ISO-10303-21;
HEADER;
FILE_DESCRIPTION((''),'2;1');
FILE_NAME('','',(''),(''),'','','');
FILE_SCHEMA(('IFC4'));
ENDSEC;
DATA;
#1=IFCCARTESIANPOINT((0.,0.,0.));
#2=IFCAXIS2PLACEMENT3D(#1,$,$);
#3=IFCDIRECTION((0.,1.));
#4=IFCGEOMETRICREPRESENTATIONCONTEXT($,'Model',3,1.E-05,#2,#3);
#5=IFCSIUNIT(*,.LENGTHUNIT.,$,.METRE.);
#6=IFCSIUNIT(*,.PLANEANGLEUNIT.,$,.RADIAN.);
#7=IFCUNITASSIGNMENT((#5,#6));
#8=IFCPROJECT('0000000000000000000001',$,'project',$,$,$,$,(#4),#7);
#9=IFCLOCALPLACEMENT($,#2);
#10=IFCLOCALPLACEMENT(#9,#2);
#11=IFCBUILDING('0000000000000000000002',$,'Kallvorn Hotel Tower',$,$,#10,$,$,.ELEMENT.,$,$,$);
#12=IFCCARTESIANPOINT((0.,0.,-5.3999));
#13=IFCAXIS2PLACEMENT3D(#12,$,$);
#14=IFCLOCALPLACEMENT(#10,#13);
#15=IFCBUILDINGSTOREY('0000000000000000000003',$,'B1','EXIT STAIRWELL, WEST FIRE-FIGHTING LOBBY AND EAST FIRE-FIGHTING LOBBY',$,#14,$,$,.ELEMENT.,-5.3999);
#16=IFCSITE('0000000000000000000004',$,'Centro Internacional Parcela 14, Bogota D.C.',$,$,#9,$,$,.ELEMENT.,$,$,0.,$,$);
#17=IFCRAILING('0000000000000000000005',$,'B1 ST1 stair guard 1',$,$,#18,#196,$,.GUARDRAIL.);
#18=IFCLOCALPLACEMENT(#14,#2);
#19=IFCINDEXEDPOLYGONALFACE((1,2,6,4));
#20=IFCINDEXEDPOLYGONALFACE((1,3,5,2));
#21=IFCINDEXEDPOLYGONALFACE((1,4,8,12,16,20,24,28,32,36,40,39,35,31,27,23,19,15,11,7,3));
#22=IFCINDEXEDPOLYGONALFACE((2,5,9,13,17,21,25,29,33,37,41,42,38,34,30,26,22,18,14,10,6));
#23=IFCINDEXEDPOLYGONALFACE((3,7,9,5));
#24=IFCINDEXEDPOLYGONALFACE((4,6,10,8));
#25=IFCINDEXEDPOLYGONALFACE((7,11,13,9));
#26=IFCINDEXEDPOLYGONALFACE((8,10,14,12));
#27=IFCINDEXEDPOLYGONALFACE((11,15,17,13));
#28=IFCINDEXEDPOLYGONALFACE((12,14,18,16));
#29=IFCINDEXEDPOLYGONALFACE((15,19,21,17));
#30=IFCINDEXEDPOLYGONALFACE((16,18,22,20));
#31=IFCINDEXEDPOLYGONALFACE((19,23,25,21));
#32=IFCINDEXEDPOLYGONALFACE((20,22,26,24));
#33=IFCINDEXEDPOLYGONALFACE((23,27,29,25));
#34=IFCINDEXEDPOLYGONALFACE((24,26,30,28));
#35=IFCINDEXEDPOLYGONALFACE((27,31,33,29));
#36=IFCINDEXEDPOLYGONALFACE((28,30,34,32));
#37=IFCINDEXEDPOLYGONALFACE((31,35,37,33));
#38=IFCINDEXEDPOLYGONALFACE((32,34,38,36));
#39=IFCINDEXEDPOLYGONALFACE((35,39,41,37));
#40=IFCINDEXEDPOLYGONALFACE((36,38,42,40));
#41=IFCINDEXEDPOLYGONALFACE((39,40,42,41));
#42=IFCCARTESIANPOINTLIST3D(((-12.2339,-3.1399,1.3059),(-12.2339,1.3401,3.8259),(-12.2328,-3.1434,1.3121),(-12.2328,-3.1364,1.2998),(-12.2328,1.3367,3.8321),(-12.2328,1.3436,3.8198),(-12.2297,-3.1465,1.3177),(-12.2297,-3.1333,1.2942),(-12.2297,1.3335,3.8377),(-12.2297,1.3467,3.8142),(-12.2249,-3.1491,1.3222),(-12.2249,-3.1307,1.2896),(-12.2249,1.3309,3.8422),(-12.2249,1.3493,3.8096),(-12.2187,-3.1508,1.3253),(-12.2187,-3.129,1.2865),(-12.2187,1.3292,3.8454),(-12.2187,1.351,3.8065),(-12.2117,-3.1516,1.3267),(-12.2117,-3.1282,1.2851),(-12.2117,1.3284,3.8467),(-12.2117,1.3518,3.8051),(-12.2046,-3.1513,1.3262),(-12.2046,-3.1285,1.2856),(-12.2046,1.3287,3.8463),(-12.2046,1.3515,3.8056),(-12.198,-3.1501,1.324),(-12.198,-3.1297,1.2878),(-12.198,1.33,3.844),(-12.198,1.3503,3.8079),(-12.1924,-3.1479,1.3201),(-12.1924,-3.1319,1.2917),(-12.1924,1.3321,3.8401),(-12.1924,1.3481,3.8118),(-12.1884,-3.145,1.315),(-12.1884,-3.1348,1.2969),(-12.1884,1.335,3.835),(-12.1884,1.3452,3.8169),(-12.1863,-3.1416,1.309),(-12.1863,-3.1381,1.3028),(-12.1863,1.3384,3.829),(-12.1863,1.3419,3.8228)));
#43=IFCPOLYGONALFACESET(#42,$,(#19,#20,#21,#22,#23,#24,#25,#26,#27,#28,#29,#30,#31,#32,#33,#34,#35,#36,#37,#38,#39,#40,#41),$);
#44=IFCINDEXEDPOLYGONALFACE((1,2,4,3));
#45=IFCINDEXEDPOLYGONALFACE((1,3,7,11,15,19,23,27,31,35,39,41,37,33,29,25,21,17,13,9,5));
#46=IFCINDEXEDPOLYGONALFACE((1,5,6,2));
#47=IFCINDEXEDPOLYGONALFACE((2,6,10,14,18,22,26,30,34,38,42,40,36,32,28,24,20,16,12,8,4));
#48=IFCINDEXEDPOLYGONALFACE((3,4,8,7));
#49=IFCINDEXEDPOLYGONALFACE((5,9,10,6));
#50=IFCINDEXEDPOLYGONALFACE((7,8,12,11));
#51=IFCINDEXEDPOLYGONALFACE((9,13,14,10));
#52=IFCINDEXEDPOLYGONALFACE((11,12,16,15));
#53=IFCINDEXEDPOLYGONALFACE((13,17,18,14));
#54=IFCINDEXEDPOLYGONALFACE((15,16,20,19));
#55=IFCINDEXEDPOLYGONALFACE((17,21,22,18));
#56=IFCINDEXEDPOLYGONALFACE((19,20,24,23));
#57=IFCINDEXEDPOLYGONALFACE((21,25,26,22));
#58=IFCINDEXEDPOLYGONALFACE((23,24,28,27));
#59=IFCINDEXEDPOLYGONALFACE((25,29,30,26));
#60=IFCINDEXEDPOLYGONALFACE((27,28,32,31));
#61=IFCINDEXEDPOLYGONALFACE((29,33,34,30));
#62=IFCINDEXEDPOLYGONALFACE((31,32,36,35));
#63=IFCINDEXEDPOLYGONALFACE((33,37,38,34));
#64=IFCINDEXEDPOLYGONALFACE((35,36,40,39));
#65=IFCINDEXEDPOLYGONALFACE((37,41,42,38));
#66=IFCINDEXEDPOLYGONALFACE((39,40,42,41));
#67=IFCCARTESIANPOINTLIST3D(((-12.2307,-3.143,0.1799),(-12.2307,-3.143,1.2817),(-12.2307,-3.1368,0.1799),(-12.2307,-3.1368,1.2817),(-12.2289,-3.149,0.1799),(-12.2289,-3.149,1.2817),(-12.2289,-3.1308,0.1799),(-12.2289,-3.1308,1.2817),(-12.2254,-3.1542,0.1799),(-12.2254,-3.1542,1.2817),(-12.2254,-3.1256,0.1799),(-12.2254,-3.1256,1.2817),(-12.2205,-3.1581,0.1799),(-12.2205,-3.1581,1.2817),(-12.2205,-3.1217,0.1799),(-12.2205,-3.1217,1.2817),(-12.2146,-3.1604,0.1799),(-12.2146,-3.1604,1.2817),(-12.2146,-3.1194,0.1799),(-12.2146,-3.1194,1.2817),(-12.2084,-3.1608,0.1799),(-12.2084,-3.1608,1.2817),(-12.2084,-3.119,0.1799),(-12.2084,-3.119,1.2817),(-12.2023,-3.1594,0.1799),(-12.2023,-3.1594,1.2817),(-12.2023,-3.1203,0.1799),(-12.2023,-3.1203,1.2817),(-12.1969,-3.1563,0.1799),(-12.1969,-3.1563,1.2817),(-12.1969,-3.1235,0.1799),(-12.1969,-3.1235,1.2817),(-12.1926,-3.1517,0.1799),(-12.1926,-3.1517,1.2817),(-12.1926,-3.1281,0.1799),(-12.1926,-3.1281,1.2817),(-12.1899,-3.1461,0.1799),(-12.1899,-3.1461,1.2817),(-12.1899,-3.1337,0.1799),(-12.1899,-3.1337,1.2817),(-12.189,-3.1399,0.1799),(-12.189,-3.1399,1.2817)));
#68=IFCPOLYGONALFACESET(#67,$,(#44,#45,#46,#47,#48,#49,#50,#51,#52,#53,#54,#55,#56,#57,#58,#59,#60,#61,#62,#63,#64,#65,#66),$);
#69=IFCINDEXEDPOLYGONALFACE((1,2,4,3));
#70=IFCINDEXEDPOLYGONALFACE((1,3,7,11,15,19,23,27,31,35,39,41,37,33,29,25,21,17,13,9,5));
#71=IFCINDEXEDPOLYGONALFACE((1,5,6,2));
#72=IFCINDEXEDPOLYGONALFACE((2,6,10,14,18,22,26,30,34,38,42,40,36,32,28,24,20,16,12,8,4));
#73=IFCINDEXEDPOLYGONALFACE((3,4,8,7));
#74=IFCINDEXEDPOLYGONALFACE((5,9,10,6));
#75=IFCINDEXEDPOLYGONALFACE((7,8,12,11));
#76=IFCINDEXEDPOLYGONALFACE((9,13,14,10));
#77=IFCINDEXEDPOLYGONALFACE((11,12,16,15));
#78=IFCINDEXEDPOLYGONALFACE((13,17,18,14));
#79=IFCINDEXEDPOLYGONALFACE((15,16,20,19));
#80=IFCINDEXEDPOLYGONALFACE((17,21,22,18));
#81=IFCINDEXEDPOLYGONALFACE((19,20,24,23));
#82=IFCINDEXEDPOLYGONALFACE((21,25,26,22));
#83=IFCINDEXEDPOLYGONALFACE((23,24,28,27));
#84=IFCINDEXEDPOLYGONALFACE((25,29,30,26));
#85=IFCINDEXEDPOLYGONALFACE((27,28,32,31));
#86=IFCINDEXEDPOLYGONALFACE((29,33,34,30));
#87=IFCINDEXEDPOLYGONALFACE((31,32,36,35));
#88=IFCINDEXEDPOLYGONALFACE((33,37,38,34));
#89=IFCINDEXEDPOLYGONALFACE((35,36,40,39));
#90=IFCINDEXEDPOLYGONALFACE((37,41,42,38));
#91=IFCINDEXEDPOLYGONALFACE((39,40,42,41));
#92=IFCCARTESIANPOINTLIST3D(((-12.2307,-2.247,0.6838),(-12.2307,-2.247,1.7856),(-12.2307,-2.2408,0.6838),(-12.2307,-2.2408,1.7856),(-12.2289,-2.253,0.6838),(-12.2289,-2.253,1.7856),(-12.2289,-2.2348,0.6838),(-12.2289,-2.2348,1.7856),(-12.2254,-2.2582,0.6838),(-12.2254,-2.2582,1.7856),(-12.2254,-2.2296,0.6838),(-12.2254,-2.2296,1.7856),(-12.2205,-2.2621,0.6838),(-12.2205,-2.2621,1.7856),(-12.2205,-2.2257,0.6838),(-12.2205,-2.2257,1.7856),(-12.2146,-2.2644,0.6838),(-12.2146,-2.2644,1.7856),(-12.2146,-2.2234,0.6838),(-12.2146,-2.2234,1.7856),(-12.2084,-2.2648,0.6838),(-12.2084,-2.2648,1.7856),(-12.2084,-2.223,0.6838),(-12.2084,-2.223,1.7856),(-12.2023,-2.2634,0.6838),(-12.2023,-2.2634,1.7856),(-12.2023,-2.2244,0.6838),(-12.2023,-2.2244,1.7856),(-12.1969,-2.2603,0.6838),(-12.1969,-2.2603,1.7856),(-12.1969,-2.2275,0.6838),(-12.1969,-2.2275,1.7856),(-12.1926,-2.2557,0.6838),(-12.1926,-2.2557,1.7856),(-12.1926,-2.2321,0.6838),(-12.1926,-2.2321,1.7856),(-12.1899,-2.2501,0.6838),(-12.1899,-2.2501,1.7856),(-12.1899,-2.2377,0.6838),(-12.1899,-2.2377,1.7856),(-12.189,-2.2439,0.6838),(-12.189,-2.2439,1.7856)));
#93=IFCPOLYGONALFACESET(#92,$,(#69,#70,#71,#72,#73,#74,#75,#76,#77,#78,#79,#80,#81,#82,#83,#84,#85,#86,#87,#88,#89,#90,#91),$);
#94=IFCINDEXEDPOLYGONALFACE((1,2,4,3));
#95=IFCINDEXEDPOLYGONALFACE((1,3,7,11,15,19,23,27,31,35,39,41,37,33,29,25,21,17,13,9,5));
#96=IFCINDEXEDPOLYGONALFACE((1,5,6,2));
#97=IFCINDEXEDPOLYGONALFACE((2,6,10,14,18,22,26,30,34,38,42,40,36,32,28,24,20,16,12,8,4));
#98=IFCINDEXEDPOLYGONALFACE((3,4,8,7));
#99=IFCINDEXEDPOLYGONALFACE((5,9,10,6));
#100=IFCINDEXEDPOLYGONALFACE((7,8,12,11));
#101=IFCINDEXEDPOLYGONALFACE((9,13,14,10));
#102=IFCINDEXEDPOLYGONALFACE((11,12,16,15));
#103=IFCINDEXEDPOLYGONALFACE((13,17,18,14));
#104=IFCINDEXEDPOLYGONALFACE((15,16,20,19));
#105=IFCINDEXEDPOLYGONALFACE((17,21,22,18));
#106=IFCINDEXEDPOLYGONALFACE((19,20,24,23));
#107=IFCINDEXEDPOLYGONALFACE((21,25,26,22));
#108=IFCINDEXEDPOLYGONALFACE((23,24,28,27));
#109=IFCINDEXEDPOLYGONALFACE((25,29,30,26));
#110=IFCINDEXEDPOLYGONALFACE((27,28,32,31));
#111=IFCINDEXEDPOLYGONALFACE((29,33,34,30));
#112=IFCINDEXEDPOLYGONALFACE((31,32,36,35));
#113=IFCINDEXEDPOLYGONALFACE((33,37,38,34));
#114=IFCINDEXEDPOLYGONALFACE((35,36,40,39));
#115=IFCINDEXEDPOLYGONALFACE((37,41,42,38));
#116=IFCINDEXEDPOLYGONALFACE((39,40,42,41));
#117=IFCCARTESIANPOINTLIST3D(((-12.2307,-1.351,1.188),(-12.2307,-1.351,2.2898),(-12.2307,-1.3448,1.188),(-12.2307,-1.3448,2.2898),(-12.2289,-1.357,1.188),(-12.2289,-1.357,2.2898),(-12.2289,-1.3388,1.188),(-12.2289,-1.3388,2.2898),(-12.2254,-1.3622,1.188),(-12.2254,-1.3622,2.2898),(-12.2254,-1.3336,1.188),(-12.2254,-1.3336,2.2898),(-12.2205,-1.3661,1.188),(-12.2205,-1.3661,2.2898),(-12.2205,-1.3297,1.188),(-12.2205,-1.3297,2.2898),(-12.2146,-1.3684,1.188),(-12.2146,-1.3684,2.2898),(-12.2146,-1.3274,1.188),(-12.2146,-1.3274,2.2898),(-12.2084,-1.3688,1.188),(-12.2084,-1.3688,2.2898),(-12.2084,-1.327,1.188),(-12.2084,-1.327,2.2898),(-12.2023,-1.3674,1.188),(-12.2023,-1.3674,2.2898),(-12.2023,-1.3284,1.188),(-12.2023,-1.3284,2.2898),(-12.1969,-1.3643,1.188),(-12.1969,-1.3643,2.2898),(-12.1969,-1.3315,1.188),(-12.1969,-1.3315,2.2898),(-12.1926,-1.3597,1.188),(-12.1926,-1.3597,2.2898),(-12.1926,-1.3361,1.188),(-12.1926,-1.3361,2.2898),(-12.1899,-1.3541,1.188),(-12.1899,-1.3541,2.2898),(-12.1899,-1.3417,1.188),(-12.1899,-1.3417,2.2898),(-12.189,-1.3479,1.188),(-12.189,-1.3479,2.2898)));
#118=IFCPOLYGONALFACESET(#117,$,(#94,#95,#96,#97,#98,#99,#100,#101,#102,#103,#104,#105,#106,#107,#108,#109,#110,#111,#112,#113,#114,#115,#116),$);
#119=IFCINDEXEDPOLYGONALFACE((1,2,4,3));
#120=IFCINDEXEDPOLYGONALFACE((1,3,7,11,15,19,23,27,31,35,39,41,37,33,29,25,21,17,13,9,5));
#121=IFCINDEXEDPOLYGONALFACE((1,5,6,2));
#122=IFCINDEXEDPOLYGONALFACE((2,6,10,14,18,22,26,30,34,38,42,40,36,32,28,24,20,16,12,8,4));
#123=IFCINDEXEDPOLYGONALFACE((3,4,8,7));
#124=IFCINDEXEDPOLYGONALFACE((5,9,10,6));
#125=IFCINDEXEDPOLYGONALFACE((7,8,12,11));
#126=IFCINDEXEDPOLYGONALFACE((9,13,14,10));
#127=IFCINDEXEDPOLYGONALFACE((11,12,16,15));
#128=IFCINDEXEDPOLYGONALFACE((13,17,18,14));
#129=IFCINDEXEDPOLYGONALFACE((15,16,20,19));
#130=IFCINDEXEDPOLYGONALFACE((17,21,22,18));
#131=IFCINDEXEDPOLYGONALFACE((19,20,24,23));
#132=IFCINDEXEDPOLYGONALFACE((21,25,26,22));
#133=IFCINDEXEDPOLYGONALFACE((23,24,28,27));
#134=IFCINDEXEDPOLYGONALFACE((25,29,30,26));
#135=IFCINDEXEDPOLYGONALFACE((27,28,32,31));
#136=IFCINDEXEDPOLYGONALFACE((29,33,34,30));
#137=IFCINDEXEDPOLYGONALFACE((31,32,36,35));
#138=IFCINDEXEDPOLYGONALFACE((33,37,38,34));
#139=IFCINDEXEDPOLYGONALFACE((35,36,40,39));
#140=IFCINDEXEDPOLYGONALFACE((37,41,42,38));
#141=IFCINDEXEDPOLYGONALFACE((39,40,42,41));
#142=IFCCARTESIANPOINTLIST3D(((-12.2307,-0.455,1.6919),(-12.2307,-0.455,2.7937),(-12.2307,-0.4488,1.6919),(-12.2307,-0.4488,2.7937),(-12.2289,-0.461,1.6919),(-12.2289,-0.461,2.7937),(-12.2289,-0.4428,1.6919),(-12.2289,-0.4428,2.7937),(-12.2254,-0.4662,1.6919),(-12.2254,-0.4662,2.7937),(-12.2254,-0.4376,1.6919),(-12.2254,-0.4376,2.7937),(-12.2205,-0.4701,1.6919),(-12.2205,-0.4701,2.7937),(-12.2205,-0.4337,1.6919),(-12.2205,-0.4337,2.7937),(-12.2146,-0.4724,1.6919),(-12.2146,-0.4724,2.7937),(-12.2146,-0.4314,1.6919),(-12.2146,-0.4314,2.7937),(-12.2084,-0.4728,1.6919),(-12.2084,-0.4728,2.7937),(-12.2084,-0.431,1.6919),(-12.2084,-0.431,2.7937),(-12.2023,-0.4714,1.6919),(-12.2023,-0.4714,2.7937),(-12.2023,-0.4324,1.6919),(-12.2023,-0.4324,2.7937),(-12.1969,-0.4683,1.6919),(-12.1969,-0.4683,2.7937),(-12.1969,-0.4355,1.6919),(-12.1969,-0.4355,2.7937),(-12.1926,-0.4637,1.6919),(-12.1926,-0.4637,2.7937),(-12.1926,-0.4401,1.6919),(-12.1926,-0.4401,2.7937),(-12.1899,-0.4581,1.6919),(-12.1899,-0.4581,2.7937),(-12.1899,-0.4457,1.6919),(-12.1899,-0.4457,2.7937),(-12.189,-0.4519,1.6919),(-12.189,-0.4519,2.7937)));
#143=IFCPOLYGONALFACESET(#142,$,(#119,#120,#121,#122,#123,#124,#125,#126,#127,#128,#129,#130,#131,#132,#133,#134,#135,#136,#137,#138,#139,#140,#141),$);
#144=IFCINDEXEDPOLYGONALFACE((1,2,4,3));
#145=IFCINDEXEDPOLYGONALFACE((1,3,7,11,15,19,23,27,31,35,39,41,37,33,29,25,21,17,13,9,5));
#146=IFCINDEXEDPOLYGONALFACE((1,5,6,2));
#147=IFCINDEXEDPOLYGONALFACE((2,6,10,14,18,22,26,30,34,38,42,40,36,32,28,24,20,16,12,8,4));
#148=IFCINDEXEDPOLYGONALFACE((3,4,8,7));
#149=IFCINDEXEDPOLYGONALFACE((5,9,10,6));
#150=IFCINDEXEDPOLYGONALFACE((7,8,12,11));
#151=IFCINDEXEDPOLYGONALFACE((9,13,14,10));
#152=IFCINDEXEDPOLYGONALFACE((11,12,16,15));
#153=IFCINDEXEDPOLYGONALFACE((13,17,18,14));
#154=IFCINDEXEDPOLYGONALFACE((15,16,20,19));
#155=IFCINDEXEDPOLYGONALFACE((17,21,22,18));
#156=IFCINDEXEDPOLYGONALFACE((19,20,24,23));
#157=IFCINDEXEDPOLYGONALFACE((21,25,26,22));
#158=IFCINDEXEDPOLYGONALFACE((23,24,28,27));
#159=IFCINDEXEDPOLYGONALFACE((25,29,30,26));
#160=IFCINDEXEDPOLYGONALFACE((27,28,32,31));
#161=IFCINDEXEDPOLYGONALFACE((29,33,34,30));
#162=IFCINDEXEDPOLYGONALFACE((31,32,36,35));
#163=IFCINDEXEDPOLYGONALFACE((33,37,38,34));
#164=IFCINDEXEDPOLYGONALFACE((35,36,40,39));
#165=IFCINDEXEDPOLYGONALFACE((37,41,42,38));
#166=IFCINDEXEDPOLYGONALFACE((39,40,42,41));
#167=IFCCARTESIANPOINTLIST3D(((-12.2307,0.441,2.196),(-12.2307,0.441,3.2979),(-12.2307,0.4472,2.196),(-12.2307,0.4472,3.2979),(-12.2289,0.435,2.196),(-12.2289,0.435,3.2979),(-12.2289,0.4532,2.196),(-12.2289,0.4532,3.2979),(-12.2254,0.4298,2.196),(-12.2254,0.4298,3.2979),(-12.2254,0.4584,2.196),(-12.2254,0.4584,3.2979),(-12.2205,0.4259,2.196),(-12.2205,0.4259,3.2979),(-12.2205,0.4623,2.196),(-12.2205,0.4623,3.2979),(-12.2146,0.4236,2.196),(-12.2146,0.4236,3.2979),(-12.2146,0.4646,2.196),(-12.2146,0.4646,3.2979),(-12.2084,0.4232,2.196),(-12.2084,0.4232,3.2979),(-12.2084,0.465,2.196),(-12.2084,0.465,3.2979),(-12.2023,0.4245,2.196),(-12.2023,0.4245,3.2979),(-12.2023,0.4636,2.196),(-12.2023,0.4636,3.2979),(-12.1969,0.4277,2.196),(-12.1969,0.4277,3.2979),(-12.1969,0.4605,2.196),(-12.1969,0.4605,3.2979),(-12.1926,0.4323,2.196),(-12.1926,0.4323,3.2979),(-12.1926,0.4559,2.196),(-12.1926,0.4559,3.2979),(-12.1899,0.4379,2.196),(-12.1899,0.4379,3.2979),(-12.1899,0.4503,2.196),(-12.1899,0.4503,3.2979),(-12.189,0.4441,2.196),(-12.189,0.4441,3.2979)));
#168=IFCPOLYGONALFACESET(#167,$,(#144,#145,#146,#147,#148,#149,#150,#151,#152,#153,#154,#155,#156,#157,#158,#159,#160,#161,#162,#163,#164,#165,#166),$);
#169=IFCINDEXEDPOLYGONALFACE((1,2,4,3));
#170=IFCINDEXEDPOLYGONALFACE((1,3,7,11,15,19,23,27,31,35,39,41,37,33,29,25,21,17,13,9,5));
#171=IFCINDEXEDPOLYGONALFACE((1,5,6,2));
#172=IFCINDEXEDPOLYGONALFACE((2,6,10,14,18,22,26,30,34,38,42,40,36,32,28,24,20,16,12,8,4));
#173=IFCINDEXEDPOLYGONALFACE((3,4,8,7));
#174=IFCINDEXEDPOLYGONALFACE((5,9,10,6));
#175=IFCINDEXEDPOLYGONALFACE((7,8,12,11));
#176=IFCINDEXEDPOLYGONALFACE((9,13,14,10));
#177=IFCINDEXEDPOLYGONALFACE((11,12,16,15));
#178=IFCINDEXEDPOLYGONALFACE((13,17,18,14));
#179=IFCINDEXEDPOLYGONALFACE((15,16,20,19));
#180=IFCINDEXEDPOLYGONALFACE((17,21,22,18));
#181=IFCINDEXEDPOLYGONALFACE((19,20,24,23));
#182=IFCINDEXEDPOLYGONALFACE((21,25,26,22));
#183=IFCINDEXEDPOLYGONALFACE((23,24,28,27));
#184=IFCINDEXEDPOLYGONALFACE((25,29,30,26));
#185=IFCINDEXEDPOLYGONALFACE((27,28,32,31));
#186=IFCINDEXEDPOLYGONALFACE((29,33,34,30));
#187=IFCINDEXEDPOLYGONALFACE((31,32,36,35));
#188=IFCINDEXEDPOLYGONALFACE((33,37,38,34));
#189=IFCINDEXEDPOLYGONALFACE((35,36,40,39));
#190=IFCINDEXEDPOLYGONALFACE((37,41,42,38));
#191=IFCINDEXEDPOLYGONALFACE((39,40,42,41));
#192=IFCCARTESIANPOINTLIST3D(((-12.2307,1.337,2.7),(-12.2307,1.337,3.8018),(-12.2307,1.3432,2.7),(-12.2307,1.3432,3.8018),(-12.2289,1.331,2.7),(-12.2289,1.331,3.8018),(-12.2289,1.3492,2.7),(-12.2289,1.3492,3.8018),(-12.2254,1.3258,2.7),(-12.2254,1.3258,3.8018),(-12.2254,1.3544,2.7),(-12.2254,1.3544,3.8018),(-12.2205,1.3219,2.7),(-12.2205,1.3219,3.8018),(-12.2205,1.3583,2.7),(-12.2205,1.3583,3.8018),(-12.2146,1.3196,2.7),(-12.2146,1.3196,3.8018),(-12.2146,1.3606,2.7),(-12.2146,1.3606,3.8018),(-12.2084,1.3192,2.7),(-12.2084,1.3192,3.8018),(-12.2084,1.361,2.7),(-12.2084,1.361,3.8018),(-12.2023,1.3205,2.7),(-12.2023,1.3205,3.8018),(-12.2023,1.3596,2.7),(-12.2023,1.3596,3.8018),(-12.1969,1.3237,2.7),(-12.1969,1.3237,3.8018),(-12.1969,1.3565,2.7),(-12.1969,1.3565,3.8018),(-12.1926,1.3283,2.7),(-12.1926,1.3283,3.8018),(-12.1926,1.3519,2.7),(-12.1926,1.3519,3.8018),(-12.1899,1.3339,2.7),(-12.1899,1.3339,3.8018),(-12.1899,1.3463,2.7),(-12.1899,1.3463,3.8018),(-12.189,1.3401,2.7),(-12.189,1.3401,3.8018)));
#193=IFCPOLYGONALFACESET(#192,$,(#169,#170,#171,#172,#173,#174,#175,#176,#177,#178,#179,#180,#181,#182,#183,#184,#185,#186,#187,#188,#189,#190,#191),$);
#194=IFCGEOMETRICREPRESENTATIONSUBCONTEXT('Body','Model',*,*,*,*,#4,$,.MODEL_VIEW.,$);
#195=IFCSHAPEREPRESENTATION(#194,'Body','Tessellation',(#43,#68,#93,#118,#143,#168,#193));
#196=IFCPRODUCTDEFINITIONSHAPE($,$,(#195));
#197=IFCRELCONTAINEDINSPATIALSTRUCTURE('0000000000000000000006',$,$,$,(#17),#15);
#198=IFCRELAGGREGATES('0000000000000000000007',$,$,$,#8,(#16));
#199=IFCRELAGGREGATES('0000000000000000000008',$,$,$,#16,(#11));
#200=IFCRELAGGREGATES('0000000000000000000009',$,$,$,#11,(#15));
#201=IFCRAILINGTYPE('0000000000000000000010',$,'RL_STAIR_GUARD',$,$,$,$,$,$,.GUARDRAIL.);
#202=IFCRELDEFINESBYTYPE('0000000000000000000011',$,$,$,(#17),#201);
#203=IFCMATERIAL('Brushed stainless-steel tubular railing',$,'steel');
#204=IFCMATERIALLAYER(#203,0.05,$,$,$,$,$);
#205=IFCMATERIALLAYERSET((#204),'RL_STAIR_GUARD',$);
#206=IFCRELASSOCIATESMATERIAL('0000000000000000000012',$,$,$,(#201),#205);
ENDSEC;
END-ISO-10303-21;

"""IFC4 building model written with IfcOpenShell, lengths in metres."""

from ifc_helpers import new_model, si_unit, direction, frame, origin, origin_2d, place, context, subcontext, project, spatial, circle, extrude, material, layer, layer_set, type_object, element, save


model = new_model("IFC4")

# Units and contexts
model_context = context("Model", 3, precision=1e-05, world=origin(), true_north=direction((0.0, 1.0)))
body_context = subcontext(model_context, "Body", "Model", "MODEL_VIEW")
ifc_project = project(units=[si_unit("LENGTHUNIT", "METRE"), si_unit("PLANEANGLEUNIT", "RADIAN")], contexts=[model_context])

# Site, building, storey
site_placement = place(None, origin())
site = spatial("IfcSite", under=ifc_project, at=site_placement, Name="Centro Internacional Parcela 14, Bogota D.C.", CompositionType="ELEMENT", RefElevation=0.0)
building_placement = place(site_placement, origin())
building = spatial("IfcBuilding", under=site, at=building_placement, Name="Kallvorn Hotel Tower", CompositionType="ELEMENT")
storey_placement = place(building_placement, frame((0.0, 0.0, -5.3999)))
storey = spatial("IfcBuildingStorey", under=building, at=storey_placement, Name="B1", Description="EXIT STAIRWELL, WEST FIRE-FIGHTING LOBBY AND EAST FIRE-FIGHTING LOBBY", CompositionType="ELEMENT", Elevation=-5.3999)

# Railing
ifc_material_1 = material(Name="Brushed stainless-steel tubular railing", Category="steel")
ifc_layer_1 = layer(ifc_material_1, 0.05)
ifc_layer_set_1 = layer_set([ifc_layer_1], Name="RL_STAIR_GUARD")
railing_type_1 = type_object("IfcRailingType", Name="RL_STAIR_GUARD", PredefinedType="GUARDRAIL", material=ifc_layer_set_1)
railing_1_placement = place(storey_placement, frame((-12.21, -3.1399, 0.1799)))
element("IfcRailing", 1, at=railing_1_placement, inside=storey, type_object=railing_type_1, Name="B1 ST1 stair guard 1", PredefinedType="GUARDRAIL", context=body_context, shape_type="SweptSolid", body=[
    extrude(circle(Radius=0.0239, at=origin_2d()), frame((0.0, 0.0, 1.126), z_axis=(0.0, 0.871573, 0.490266), x_axis=(-1.0, 0.0, 0.0)), (0.0, 0.0, 1.0), 5.1401),
    extrude(circle(Radius=0.021, at=origin_2d()), origin(), (0.0, 0.0, 1.0), 1.1018),
    extrude(circle(Radius=0.021, at=origin_2d()), frame((0.0, 0.896, 0.5039)), (0.0, 0.0, 1.0), 1.1018),
    extrude(circle(Radius=0.021, at=origin_2d()), frame((0.0, 1.792, 1.0081)), (0.0, 0.0, 1.0), 1.1018),
    extrude(circle(Radius=0.021, at=origin_2d()), frame((0.0, 2.688, 1.512)), (0.0, 0.0, 1.0), 1.1018),
    extrude(circle(Radius=0.021, at=origin_2d()), frame((0.0, 3.584, 2.0161)), (0.0, 0.0, 1.0), 1.1018),
    extrude(circle(Radius=0.021, at=origin_2d()), frame((0.0, 4.48, 2.52)), (0.0, 0.0, 1.0), 1.1018),
])

save(model, "model.ifc")
